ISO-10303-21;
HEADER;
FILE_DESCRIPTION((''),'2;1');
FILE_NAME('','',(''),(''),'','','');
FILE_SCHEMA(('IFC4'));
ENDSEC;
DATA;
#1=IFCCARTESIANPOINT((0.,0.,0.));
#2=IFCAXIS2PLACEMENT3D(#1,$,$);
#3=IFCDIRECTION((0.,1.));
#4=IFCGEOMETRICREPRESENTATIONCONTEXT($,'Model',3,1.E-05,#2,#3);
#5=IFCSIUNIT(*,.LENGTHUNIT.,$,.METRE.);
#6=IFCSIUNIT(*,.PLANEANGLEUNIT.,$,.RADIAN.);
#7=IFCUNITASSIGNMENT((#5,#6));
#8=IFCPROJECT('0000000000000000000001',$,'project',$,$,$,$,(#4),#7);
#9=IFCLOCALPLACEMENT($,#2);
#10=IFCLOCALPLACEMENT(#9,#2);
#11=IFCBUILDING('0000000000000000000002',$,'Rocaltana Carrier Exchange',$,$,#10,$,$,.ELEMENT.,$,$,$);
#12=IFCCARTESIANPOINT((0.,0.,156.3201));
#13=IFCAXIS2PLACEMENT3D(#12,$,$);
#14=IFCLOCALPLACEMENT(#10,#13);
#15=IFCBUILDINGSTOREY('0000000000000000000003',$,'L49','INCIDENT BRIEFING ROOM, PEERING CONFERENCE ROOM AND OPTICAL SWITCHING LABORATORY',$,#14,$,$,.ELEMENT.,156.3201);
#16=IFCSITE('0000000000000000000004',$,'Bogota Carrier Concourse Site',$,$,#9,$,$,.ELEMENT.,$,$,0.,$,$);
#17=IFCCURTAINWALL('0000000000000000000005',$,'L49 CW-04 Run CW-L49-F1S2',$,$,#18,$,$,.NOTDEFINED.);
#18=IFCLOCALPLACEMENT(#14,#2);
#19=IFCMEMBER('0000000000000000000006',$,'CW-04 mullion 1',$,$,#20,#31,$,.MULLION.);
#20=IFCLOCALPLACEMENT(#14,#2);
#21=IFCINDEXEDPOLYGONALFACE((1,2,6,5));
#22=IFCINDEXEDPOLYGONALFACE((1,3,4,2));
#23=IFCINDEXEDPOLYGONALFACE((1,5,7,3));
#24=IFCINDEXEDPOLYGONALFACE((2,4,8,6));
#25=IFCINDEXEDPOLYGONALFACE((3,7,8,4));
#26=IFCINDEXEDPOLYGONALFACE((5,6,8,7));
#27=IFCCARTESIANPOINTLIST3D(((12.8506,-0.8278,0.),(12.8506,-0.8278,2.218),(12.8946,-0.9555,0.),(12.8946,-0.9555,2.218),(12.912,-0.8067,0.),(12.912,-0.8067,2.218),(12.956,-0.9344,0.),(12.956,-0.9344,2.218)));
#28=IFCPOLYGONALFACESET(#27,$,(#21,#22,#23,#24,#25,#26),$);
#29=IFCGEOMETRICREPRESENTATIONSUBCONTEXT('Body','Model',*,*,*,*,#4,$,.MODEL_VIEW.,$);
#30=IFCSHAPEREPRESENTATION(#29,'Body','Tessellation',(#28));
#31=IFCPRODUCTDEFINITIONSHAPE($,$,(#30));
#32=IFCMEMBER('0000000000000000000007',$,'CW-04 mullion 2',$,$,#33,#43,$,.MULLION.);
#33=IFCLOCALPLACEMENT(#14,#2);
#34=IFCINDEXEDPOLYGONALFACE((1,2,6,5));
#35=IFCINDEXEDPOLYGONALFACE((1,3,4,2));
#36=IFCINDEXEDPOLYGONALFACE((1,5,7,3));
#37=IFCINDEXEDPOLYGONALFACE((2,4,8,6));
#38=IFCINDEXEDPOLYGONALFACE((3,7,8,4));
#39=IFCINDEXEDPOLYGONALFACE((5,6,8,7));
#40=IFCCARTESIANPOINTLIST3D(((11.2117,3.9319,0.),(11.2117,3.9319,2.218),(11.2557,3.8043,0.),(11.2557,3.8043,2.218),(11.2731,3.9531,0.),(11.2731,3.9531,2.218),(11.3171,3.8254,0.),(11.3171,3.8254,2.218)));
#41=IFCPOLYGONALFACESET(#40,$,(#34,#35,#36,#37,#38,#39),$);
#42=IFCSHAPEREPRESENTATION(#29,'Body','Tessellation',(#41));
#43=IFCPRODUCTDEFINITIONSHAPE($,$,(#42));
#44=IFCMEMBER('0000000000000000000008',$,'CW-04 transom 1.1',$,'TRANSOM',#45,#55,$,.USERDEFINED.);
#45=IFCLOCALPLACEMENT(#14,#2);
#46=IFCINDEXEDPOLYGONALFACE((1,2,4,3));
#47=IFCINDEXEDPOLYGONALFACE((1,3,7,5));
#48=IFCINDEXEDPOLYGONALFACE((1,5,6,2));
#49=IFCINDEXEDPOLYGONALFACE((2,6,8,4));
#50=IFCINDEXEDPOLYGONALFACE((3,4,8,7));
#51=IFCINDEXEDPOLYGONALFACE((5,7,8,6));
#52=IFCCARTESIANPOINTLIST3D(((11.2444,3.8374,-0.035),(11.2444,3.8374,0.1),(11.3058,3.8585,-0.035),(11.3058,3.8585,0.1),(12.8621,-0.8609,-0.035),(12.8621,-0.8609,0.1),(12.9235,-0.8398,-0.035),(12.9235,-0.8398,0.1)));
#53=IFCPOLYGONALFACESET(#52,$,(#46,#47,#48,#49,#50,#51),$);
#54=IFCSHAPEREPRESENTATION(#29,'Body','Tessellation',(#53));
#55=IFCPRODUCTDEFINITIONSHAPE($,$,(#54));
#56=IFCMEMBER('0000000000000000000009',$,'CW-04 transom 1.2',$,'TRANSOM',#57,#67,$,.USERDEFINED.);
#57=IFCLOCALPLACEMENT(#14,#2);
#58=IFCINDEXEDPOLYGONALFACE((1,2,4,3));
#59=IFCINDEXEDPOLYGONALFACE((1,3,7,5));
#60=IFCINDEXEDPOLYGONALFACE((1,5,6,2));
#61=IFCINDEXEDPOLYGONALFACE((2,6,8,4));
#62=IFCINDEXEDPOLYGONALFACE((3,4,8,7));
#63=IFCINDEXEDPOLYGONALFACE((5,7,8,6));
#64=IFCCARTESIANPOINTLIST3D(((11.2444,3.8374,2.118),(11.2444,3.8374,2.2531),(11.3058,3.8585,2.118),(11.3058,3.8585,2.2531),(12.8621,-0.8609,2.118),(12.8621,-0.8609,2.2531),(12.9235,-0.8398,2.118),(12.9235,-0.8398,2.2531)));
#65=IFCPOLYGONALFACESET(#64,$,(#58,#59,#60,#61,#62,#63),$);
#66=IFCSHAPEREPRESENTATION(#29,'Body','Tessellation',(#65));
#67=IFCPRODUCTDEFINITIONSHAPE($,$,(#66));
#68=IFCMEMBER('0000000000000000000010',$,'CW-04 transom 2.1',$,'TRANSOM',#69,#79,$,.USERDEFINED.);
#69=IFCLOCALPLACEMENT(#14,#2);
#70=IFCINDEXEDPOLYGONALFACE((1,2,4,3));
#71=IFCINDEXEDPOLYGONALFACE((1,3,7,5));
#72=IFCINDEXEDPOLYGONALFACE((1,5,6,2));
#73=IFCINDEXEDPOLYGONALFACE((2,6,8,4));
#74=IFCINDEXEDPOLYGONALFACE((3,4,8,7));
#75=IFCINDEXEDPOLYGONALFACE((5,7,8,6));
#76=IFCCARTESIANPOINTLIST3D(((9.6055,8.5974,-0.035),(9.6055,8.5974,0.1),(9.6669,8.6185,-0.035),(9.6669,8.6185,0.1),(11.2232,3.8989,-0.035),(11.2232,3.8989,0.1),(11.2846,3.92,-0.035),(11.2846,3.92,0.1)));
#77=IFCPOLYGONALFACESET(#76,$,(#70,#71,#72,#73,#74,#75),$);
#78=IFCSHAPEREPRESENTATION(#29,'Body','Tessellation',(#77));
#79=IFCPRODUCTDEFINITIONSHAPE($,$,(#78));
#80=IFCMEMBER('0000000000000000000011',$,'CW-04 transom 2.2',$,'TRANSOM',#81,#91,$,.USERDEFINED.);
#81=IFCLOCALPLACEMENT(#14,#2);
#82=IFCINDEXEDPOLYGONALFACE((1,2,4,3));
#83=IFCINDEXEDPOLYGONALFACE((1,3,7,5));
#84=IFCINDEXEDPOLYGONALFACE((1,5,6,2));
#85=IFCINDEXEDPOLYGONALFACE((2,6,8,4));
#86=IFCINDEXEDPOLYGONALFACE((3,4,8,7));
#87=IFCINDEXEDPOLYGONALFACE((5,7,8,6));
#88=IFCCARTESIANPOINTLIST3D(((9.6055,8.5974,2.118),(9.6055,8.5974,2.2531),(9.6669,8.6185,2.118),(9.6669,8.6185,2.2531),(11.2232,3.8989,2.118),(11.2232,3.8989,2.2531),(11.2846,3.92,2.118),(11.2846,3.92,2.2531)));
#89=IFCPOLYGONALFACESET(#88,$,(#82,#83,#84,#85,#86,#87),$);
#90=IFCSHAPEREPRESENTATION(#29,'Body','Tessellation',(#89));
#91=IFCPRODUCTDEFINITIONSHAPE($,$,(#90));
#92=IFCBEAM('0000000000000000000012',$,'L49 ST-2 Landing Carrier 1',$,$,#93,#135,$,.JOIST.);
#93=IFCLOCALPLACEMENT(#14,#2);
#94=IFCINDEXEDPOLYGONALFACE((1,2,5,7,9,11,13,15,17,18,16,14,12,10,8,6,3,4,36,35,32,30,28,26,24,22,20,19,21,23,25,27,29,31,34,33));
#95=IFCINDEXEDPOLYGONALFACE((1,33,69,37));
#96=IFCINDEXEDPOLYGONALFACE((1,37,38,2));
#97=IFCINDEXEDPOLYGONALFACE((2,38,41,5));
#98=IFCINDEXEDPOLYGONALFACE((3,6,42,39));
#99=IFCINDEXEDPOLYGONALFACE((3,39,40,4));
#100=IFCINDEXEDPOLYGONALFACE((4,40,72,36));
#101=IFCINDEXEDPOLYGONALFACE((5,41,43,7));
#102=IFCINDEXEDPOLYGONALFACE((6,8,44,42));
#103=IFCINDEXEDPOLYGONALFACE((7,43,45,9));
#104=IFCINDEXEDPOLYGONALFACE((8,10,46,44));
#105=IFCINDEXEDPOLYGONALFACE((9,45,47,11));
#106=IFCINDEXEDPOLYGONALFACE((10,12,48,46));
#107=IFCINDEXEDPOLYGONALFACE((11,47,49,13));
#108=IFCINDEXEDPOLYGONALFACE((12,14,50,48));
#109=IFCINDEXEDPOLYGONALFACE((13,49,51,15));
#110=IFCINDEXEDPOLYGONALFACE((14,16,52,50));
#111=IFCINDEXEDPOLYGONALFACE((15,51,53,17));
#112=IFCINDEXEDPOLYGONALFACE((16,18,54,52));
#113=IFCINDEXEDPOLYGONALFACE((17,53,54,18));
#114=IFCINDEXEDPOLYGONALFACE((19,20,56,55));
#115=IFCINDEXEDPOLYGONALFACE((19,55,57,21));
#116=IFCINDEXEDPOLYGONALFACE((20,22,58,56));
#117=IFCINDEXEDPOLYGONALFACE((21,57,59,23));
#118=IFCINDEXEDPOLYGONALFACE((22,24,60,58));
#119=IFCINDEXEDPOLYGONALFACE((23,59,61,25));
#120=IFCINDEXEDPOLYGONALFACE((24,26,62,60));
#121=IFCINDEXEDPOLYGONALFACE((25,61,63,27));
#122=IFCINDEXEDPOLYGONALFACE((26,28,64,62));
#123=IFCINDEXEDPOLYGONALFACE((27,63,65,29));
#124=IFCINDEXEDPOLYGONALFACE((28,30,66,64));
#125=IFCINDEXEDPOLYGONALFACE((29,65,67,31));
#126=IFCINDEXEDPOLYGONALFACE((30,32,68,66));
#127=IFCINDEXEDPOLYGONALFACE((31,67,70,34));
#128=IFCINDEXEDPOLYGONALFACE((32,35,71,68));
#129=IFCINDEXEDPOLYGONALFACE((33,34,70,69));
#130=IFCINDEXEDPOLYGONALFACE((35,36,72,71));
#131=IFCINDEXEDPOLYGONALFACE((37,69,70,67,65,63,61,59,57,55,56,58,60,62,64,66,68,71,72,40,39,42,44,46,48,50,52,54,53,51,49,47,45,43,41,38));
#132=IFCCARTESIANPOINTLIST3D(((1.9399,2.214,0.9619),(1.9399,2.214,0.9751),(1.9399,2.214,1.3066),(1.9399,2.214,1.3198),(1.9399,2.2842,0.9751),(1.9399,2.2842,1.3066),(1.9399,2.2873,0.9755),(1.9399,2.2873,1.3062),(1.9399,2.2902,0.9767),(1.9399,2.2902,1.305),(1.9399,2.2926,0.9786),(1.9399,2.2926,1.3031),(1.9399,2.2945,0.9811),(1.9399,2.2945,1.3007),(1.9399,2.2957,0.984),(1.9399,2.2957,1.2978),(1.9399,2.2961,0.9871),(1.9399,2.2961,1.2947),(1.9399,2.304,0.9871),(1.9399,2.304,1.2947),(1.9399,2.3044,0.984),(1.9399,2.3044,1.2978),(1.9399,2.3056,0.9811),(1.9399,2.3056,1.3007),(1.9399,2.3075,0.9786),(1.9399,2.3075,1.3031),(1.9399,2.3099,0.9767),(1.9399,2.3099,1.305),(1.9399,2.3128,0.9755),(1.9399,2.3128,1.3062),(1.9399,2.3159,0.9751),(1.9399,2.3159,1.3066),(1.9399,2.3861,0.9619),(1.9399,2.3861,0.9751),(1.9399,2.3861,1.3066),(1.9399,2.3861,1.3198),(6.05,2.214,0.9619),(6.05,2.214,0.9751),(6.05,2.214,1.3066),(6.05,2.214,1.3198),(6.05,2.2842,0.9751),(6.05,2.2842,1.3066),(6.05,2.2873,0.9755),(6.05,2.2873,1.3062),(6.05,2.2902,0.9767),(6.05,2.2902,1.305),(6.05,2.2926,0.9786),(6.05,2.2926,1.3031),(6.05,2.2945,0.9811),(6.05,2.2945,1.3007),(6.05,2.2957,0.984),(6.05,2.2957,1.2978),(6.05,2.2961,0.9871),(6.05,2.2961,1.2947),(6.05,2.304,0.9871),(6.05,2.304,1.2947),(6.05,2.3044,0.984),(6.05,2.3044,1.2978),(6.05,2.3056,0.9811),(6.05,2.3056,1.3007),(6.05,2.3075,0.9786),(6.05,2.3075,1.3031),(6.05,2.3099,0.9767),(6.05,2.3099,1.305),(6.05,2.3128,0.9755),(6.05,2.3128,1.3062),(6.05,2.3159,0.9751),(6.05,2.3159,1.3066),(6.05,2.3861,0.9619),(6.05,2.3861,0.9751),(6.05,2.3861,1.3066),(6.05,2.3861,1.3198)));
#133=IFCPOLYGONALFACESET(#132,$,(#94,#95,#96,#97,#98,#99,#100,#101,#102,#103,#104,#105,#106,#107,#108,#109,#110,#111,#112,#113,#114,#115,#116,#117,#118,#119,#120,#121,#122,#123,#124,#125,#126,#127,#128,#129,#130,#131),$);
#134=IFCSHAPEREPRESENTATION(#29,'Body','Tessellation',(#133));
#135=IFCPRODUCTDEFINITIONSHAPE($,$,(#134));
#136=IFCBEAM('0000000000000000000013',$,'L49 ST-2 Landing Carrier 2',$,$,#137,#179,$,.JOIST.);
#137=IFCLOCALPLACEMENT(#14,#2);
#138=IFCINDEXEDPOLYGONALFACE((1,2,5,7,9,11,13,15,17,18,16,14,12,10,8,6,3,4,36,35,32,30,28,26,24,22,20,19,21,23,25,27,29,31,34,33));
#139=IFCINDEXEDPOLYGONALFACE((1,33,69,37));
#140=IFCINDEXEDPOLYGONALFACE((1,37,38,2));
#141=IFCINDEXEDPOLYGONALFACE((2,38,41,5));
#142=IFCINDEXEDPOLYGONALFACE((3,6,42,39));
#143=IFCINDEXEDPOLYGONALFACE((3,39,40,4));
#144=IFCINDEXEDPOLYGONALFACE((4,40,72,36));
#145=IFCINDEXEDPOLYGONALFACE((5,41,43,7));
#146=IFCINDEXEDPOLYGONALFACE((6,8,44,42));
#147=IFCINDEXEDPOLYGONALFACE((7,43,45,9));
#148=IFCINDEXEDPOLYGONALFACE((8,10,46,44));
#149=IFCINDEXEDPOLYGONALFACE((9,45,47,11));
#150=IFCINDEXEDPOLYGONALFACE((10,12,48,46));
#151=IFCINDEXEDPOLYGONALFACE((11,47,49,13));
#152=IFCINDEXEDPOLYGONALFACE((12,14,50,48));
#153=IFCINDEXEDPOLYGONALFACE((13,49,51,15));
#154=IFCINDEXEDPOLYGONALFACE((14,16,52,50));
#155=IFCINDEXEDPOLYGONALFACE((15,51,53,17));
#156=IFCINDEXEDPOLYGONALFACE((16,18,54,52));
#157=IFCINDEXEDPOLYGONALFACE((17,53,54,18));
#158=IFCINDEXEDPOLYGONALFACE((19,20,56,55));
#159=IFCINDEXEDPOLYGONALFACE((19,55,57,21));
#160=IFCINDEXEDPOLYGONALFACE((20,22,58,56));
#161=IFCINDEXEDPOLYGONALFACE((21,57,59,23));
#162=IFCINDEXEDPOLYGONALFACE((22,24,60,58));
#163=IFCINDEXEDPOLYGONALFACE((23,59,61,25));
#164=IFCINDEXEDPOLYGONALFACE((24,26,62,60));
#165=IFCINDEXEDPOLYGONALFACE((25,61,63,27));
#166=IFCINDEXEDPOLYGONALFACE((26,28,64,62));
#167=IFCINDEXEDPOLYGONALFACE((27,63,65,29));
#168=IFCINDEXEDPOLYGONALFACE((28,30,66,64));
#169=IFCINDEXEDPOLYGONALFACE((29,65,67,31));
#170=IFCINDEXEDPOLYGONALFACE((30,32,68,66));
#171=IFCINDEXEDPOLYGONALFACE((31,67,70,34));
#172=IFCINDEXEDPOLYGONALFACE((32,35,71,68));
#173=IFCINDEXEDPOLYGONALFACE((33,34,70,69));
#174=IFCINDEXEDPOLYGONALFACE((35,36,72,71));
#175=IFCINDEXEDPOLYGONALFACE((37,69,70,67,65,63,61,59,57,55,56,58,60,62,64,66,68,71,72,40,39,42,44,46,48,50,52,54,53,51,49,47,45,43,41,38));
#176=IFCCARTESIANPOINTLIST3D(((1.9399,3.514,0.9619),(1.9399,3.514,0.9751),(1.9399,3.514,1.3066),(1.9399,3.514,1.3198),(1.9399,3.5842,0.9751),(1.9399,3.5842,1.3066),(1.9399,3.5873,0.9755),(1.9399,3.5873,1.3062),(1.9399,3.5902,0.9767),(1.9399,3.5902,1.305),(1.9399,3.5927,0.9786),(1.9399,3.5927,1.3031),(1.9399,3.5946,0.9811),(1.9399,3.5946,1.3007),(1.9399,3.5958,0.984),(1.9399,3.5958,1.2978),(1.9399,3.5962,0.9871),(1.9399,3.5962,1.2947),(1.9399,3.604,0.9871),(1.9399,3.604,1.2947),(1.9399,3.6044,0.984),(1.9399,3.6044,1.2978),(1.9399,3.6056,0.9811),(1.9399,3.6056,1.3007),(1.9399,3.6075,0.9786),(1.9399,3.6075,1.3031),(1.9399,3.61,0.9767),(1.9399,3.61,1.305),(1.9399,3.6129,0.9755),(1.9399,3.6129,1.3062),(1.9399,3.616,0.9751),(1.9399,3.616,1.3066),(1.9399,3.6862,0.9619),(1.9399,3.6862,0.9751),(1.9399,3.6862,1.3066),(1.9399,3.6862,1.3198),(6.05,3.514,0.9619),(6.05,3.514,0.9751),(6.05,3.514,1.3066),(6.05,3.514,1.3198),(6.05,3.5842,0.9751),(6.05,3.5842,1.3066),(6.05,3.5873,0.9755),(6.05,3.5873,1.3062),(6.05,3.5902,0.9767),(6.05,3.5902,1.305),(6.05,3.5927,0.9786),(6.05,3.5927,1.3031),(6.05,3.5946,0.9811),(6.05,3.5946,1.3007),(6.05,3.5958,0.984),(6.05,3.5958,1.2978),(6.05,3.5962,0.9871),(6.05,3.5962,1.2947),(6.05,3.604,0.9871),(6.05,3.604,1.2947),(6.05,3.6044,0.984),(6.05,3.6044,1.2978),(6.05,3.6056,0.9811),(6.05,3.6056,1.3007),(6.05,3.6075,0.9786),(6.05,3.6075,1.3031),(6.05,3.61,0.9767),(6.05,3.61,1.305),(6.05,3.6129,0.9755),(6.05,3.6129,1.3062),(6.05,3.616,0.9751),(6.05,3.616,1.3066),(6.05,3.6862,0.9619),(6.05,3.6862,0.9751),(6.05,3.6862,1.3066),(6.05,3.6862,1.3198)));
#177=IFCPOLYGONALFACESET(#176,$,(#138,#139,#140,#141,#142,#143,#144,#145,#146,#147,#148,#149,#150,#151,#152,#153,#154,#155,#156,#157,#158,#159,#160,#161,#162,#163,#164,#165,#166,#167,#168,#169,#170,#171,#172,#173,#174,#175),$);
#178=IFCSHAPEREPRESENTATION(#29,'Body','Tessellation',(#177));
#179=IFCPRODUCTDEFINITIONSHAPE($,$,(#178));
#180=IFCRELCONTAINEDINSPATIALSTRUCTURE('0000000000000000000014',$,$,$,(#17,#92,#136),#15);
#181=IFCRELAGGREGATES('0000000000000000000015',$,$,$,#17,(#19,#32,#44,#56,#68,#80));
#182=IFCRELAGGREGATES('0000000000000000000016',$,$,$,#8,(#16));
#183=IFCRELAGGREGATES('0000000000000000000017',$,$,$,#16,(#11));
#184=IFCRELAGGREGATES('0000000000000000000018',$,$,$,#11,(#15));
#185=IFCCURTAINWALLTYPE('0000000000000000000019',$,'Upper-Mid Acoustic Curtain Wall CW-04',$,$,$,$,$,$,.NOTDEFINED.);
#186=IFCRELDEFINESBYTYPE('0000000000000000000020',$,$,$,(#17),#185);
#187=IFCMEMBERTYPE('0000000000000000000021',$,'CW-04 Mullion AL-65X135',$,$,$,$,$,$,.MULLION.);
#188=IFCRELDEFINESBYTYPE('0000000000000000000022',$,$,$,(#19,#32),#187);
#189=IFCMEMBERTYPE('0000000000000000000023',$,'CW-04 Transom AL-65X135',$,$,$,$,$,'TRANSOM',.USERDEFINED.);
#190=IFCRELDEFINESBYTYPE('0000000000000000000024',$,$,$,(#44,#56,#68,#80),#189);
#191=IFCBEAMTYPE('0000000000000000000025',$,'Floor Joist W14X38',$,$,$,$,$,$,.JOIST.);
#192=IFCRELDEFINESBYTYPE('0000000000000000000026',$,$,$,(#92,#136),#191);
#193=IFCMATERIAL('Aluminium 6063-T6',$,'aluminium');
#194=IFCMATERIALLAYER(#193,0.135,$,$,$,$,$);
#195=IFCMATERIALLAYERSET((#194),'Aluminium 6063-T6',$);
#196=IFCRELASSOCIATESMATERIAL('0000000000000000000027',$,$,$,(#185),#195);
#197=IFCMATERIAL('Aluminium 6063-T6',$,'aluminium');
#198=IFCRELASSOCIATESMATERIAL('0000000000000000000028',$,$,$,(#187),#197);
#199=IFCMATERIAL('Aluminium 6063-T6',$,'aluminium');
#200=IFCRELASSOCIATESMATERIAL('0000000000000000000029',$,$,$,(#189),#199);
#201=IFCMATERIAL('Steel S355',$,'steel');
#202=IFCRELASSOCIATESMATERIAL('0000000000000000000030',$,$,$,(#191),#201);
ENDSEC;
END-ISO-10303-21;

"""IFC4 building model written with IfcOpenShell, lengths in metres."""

from ifc_helpers import new_model, si_unit, direction, frame, origin, origin_2d, place, context, subcontext, project, spatial, rectangle, i_section, extrude, material, layer, layer_set, material_profile, profile_set, type_object, element, aggregate, save


model = new_model("IFC4")

# Units and contexts
model_context = context("Model", 3, precision=1e-05, world=origin(), true_north=direction((0.0, 1.0)))
body_context = subcontext(model_context, "Body", "Model", "MODEL_VIEW")
ifc_project = project(units=[si_unit("LENGTHUNIT", "METRE"), si_unit("PLANEANGLEUNIT", "RADIAN")], contexts=[model_context])

# Site, building, storey
site_placement = place(None, origin())
site = spatial("IfcSite", under=ifc_project, at=site_placement, Name="Bogota Carrier Concourse Site", CompositionType="ELEMENT", RefElevation=0.0)
building_placement = place(site_placement, origin())
building = spatial("IfcBuilding", under=site, at=building_placement, Name="Rocaltana Carrier Exchange", CompositionType="ELEMENT")
storey_placement = place(building_placement, frame((0.0, 0.0, 156.3201)))
storey = spatial("IfcBuildingStorey", under=building, at=storey_placement, Name="L49", Description="INCIDENT BRIEFING ROOM, PEERING CONFERENCE ROOM AND OPTICAL SWITCHING LABORATORY", CompositionType="ELEMENT", Elevation=156.3201)

# Curtain wall, members
ifc_material_1 = material(Name="Aluminium 6063-T6", Category="aluminium")
ifc_layer_1 = layer(ifc_material_1, 0.135)
ifc_layer_set_1 = layer_set([ifc_layer_1], Name="Aluminium 6063-T6")
curtain_wall_type = type_object("IfcCurtainWallType", Name="Upper-Mid Acoustic Curtain Wall CW-04", PredefinedType="NOTDEFINED", material=ifc_layer_set_1)
curtain_wall_placement = place(storey_placement, origin())
curtain_wall = element("IfcCurtainWall", 1, at=curtain_wall_placement, inside=storey, type_object=curtain_wall_type, Name="L49 CW-04 Run CW-L49-F1S2", PredefinedType="NOTDEFINED")
ifc_material_2 = material(Name="Aluminium 6063-T6", Category="aluminium")
ifc_material_profile_1 = material_profile(ifc_material_2, rectangle(XDim=0.0649, YDim=0.135, at=origin_2d()), Name="AL-65X135")
ifc_profile_set_1 = profile_set([ifc_material_profile_1], Name="Aluminium 6063-T6")
member_type_1 = type_object("IfcMemberType", Name="CW-04 Mullion AL-65X135", PredefinedType="MULLION", material=ifc_profile_set_1)
member_1_placement = place(storey_placement, frame((12.9033, -0.8811, 0.0), z_axis=(0.0, 0.0, 1.0), x_axis=(-0.945521, -0.325562, 0.0)))
member_1 = element("IfcMember", 2, at=member_1_placement, type_object=member_type_1, Name="CW-04 mullion 1", PredefinedType="MULLION", context=body_context, shape_type="SweptSolid", body=[
    extrude(rectangle(XDim=0.0649, YDim=0.135, at=origin_2d()), origin(), (0.0, 0.0, 1.0), 2.218),
])
member_2_placement = place(storey_placement, frame((11.2644, 3.8787, 0.0), z_axis=(0.0, 0.0, 1.0), x_axis=(-0.945521, -0.325562, 0.0)))
member_2 = element("IfcMember", 3, at=member_2_placement, type_object=member_type_1, Name="CW-04 mullion 2", PredefinedType="MULLION", context=body_context, shape_type="SweptSolid", body=[
    extrude(rectangle(XDim=0.0649, YDim=0.135, at=origin_2d()), origin(), (0.0, 0.0, 1.0), 2.218),
])
ifc_material_3 = material(Name="Aluminium 6063-T6", Category="aluminium")
ifc_material_profile_2 = material_profile(ifc_material_3, rectangle(XDim=0.0649, YDim=0.135, at=origin_2d()), Name="AL-65X135")
ifc_profile_set_2 = profile_set([ifc_material_profile_2], Name="Aluminium 6063-T6")
member_type_2 = type_object("IfcMemberType", Name="CW-04 Transom AL-65X135", ElementType="TRANSOM", PredefinedType="USERDEFINED", material=ifc_profile_set_2)
member_3_placement = place(storey_placement, frame((12.8928, -0.8503, 0.0325), z_axis=(-0.325558, 0.945522, 0.0), x_axis=(-0.945522, -0.325558, 0.0)))
member_3 = element("IfcMember", 4, at=member_3_placement, type_object=member_type_2, Name="CW-04 transom 1.1", ObjectType="TRANSOM", PredefinedType="USERDEFINED", context=body_context, shape_type="SweptSolid", body=[
    extrude(rectangle(XDim=0.0649, YDim=0.135, at=origin_2d()), origin(), (0.0, 0.0, 1.0), 4.969),
])
member_4_placement = place(storey_placement, frame((12.8928, -0.8503, 2.1855), z_axis=(-0.325558, 0.945522, 0.0), x_axis=(-0.945522, -0.325558, 0.0)))
member_4 = element("IfcMember", 5, at=member_4_placement, type_object=member_type_2, Name="CW-04 transom 1.2", ObjectType="TRANSOM", PredefinedType="USERDEFINED", context=body_context, shape_type="SweptSolid", body=[
    extrude(rectangle(XDim=0.0649, YDim=0.135, at=origin_2d()), origin(), (0.0, 0.0, 1.0), 4.969),
])
member_5_placement = place(storey_placement, frame((11.2539, 3.9094, 0.0325), z_axis=(-0.325542, 0.945527, 0.0), x_axis=(-0.945527, -0.325542, 0.0)))
member_5 = element("IfcMember", 6, at=member_5_placement, type_object=member_type_2, Name="CW-04 transom 2.1", ObjectType="TRANSOM", PredefinedType="USERDEFINED", context=body_context, shape_type="SweptSolid", body=[
    extrude(rectangle(XDim=0.0649, YDim=0.135, at=origin_2d()), origin(), (0.0, 0.0, 1.0), 4.9692),
])
member_6_placement = place(storey_placement, frame((11.2539, 3.9094, 2.1855), z_axis=(-0.325542, 0.945527, 0.0), x_axis=(-0.945527, -0.325542, 0.0)))
member_6 = element("IfcMember", 7, at=member_6_placement, type_object=member_type_2, Name="CW-04 transom 2.2", ObjectType="TRANSOM", PredefinedType="USERDEFINED", context=body_context, shape_type="SweptSolid", body=[
    extrude(rectangle(XDim=0.0649, YDim=0.135, at=origin_2d()), origin(), (0.0, 0.0, 1.0), 4.9692),
])

# Beams
ifc_material_4 = material(Name="Steel S355", Category="steel")
ifc_material_profile_3 = material_profile(ifc_material_4, i_section(OverallWidth=0.1721, OverallDepth=0.3579, WebThickness=0.0078, FlangeThickness=0.0132, FilletRadius=0.012, at=origin_2d()), Name="W14X38")
ifc_profile_set_3 = profile_set([ifc_material_profile_3], Name="Steel S355")
beam_type_1 = type_object("IfcBeamType", Name="Floor Joist W14X38", PredefinedType="JOIST", material=ifc_profile_set_3)
for number, where, z_axis, x_axis, name in (
    (8, (1.9399, 2.3, 1.1409), (1.0, 0.0, 0.0), (0.0, 1.0, 0.0), "L49 ST-2 Landing Carrier 1"),
    (9, (1.9399, 3.6001, 1.1409), (1.0, 0.0, 0.0), (0.0, 1.0, 0.0), "L49 ST-2 Landing Carrier 2"),
):
    element("IfcBeam", number, at=place(storey_placement, frame(where, z_axis=z_axis, x_axis=x_axis)), inside=storey, type_object=beam_type_1, Name=name, PredefinedType="JOIST", context=body_context, shape_type="SweptSolid", body=[
        extrude(i_section(OverallWidth=0.1721, OverallDepth=0.3579, WebThickness=0.0078, FlangeThickness=0.0132, FilletRadius=0.012, at=origin_2d()), origin(), (0.0, 0.0, 1.0), 4.1101),
    ])

aggregate(curtain_wall, [member_1, member_2, member_3, member_4, member_5, member_6])

save(model, "model.ifc")
